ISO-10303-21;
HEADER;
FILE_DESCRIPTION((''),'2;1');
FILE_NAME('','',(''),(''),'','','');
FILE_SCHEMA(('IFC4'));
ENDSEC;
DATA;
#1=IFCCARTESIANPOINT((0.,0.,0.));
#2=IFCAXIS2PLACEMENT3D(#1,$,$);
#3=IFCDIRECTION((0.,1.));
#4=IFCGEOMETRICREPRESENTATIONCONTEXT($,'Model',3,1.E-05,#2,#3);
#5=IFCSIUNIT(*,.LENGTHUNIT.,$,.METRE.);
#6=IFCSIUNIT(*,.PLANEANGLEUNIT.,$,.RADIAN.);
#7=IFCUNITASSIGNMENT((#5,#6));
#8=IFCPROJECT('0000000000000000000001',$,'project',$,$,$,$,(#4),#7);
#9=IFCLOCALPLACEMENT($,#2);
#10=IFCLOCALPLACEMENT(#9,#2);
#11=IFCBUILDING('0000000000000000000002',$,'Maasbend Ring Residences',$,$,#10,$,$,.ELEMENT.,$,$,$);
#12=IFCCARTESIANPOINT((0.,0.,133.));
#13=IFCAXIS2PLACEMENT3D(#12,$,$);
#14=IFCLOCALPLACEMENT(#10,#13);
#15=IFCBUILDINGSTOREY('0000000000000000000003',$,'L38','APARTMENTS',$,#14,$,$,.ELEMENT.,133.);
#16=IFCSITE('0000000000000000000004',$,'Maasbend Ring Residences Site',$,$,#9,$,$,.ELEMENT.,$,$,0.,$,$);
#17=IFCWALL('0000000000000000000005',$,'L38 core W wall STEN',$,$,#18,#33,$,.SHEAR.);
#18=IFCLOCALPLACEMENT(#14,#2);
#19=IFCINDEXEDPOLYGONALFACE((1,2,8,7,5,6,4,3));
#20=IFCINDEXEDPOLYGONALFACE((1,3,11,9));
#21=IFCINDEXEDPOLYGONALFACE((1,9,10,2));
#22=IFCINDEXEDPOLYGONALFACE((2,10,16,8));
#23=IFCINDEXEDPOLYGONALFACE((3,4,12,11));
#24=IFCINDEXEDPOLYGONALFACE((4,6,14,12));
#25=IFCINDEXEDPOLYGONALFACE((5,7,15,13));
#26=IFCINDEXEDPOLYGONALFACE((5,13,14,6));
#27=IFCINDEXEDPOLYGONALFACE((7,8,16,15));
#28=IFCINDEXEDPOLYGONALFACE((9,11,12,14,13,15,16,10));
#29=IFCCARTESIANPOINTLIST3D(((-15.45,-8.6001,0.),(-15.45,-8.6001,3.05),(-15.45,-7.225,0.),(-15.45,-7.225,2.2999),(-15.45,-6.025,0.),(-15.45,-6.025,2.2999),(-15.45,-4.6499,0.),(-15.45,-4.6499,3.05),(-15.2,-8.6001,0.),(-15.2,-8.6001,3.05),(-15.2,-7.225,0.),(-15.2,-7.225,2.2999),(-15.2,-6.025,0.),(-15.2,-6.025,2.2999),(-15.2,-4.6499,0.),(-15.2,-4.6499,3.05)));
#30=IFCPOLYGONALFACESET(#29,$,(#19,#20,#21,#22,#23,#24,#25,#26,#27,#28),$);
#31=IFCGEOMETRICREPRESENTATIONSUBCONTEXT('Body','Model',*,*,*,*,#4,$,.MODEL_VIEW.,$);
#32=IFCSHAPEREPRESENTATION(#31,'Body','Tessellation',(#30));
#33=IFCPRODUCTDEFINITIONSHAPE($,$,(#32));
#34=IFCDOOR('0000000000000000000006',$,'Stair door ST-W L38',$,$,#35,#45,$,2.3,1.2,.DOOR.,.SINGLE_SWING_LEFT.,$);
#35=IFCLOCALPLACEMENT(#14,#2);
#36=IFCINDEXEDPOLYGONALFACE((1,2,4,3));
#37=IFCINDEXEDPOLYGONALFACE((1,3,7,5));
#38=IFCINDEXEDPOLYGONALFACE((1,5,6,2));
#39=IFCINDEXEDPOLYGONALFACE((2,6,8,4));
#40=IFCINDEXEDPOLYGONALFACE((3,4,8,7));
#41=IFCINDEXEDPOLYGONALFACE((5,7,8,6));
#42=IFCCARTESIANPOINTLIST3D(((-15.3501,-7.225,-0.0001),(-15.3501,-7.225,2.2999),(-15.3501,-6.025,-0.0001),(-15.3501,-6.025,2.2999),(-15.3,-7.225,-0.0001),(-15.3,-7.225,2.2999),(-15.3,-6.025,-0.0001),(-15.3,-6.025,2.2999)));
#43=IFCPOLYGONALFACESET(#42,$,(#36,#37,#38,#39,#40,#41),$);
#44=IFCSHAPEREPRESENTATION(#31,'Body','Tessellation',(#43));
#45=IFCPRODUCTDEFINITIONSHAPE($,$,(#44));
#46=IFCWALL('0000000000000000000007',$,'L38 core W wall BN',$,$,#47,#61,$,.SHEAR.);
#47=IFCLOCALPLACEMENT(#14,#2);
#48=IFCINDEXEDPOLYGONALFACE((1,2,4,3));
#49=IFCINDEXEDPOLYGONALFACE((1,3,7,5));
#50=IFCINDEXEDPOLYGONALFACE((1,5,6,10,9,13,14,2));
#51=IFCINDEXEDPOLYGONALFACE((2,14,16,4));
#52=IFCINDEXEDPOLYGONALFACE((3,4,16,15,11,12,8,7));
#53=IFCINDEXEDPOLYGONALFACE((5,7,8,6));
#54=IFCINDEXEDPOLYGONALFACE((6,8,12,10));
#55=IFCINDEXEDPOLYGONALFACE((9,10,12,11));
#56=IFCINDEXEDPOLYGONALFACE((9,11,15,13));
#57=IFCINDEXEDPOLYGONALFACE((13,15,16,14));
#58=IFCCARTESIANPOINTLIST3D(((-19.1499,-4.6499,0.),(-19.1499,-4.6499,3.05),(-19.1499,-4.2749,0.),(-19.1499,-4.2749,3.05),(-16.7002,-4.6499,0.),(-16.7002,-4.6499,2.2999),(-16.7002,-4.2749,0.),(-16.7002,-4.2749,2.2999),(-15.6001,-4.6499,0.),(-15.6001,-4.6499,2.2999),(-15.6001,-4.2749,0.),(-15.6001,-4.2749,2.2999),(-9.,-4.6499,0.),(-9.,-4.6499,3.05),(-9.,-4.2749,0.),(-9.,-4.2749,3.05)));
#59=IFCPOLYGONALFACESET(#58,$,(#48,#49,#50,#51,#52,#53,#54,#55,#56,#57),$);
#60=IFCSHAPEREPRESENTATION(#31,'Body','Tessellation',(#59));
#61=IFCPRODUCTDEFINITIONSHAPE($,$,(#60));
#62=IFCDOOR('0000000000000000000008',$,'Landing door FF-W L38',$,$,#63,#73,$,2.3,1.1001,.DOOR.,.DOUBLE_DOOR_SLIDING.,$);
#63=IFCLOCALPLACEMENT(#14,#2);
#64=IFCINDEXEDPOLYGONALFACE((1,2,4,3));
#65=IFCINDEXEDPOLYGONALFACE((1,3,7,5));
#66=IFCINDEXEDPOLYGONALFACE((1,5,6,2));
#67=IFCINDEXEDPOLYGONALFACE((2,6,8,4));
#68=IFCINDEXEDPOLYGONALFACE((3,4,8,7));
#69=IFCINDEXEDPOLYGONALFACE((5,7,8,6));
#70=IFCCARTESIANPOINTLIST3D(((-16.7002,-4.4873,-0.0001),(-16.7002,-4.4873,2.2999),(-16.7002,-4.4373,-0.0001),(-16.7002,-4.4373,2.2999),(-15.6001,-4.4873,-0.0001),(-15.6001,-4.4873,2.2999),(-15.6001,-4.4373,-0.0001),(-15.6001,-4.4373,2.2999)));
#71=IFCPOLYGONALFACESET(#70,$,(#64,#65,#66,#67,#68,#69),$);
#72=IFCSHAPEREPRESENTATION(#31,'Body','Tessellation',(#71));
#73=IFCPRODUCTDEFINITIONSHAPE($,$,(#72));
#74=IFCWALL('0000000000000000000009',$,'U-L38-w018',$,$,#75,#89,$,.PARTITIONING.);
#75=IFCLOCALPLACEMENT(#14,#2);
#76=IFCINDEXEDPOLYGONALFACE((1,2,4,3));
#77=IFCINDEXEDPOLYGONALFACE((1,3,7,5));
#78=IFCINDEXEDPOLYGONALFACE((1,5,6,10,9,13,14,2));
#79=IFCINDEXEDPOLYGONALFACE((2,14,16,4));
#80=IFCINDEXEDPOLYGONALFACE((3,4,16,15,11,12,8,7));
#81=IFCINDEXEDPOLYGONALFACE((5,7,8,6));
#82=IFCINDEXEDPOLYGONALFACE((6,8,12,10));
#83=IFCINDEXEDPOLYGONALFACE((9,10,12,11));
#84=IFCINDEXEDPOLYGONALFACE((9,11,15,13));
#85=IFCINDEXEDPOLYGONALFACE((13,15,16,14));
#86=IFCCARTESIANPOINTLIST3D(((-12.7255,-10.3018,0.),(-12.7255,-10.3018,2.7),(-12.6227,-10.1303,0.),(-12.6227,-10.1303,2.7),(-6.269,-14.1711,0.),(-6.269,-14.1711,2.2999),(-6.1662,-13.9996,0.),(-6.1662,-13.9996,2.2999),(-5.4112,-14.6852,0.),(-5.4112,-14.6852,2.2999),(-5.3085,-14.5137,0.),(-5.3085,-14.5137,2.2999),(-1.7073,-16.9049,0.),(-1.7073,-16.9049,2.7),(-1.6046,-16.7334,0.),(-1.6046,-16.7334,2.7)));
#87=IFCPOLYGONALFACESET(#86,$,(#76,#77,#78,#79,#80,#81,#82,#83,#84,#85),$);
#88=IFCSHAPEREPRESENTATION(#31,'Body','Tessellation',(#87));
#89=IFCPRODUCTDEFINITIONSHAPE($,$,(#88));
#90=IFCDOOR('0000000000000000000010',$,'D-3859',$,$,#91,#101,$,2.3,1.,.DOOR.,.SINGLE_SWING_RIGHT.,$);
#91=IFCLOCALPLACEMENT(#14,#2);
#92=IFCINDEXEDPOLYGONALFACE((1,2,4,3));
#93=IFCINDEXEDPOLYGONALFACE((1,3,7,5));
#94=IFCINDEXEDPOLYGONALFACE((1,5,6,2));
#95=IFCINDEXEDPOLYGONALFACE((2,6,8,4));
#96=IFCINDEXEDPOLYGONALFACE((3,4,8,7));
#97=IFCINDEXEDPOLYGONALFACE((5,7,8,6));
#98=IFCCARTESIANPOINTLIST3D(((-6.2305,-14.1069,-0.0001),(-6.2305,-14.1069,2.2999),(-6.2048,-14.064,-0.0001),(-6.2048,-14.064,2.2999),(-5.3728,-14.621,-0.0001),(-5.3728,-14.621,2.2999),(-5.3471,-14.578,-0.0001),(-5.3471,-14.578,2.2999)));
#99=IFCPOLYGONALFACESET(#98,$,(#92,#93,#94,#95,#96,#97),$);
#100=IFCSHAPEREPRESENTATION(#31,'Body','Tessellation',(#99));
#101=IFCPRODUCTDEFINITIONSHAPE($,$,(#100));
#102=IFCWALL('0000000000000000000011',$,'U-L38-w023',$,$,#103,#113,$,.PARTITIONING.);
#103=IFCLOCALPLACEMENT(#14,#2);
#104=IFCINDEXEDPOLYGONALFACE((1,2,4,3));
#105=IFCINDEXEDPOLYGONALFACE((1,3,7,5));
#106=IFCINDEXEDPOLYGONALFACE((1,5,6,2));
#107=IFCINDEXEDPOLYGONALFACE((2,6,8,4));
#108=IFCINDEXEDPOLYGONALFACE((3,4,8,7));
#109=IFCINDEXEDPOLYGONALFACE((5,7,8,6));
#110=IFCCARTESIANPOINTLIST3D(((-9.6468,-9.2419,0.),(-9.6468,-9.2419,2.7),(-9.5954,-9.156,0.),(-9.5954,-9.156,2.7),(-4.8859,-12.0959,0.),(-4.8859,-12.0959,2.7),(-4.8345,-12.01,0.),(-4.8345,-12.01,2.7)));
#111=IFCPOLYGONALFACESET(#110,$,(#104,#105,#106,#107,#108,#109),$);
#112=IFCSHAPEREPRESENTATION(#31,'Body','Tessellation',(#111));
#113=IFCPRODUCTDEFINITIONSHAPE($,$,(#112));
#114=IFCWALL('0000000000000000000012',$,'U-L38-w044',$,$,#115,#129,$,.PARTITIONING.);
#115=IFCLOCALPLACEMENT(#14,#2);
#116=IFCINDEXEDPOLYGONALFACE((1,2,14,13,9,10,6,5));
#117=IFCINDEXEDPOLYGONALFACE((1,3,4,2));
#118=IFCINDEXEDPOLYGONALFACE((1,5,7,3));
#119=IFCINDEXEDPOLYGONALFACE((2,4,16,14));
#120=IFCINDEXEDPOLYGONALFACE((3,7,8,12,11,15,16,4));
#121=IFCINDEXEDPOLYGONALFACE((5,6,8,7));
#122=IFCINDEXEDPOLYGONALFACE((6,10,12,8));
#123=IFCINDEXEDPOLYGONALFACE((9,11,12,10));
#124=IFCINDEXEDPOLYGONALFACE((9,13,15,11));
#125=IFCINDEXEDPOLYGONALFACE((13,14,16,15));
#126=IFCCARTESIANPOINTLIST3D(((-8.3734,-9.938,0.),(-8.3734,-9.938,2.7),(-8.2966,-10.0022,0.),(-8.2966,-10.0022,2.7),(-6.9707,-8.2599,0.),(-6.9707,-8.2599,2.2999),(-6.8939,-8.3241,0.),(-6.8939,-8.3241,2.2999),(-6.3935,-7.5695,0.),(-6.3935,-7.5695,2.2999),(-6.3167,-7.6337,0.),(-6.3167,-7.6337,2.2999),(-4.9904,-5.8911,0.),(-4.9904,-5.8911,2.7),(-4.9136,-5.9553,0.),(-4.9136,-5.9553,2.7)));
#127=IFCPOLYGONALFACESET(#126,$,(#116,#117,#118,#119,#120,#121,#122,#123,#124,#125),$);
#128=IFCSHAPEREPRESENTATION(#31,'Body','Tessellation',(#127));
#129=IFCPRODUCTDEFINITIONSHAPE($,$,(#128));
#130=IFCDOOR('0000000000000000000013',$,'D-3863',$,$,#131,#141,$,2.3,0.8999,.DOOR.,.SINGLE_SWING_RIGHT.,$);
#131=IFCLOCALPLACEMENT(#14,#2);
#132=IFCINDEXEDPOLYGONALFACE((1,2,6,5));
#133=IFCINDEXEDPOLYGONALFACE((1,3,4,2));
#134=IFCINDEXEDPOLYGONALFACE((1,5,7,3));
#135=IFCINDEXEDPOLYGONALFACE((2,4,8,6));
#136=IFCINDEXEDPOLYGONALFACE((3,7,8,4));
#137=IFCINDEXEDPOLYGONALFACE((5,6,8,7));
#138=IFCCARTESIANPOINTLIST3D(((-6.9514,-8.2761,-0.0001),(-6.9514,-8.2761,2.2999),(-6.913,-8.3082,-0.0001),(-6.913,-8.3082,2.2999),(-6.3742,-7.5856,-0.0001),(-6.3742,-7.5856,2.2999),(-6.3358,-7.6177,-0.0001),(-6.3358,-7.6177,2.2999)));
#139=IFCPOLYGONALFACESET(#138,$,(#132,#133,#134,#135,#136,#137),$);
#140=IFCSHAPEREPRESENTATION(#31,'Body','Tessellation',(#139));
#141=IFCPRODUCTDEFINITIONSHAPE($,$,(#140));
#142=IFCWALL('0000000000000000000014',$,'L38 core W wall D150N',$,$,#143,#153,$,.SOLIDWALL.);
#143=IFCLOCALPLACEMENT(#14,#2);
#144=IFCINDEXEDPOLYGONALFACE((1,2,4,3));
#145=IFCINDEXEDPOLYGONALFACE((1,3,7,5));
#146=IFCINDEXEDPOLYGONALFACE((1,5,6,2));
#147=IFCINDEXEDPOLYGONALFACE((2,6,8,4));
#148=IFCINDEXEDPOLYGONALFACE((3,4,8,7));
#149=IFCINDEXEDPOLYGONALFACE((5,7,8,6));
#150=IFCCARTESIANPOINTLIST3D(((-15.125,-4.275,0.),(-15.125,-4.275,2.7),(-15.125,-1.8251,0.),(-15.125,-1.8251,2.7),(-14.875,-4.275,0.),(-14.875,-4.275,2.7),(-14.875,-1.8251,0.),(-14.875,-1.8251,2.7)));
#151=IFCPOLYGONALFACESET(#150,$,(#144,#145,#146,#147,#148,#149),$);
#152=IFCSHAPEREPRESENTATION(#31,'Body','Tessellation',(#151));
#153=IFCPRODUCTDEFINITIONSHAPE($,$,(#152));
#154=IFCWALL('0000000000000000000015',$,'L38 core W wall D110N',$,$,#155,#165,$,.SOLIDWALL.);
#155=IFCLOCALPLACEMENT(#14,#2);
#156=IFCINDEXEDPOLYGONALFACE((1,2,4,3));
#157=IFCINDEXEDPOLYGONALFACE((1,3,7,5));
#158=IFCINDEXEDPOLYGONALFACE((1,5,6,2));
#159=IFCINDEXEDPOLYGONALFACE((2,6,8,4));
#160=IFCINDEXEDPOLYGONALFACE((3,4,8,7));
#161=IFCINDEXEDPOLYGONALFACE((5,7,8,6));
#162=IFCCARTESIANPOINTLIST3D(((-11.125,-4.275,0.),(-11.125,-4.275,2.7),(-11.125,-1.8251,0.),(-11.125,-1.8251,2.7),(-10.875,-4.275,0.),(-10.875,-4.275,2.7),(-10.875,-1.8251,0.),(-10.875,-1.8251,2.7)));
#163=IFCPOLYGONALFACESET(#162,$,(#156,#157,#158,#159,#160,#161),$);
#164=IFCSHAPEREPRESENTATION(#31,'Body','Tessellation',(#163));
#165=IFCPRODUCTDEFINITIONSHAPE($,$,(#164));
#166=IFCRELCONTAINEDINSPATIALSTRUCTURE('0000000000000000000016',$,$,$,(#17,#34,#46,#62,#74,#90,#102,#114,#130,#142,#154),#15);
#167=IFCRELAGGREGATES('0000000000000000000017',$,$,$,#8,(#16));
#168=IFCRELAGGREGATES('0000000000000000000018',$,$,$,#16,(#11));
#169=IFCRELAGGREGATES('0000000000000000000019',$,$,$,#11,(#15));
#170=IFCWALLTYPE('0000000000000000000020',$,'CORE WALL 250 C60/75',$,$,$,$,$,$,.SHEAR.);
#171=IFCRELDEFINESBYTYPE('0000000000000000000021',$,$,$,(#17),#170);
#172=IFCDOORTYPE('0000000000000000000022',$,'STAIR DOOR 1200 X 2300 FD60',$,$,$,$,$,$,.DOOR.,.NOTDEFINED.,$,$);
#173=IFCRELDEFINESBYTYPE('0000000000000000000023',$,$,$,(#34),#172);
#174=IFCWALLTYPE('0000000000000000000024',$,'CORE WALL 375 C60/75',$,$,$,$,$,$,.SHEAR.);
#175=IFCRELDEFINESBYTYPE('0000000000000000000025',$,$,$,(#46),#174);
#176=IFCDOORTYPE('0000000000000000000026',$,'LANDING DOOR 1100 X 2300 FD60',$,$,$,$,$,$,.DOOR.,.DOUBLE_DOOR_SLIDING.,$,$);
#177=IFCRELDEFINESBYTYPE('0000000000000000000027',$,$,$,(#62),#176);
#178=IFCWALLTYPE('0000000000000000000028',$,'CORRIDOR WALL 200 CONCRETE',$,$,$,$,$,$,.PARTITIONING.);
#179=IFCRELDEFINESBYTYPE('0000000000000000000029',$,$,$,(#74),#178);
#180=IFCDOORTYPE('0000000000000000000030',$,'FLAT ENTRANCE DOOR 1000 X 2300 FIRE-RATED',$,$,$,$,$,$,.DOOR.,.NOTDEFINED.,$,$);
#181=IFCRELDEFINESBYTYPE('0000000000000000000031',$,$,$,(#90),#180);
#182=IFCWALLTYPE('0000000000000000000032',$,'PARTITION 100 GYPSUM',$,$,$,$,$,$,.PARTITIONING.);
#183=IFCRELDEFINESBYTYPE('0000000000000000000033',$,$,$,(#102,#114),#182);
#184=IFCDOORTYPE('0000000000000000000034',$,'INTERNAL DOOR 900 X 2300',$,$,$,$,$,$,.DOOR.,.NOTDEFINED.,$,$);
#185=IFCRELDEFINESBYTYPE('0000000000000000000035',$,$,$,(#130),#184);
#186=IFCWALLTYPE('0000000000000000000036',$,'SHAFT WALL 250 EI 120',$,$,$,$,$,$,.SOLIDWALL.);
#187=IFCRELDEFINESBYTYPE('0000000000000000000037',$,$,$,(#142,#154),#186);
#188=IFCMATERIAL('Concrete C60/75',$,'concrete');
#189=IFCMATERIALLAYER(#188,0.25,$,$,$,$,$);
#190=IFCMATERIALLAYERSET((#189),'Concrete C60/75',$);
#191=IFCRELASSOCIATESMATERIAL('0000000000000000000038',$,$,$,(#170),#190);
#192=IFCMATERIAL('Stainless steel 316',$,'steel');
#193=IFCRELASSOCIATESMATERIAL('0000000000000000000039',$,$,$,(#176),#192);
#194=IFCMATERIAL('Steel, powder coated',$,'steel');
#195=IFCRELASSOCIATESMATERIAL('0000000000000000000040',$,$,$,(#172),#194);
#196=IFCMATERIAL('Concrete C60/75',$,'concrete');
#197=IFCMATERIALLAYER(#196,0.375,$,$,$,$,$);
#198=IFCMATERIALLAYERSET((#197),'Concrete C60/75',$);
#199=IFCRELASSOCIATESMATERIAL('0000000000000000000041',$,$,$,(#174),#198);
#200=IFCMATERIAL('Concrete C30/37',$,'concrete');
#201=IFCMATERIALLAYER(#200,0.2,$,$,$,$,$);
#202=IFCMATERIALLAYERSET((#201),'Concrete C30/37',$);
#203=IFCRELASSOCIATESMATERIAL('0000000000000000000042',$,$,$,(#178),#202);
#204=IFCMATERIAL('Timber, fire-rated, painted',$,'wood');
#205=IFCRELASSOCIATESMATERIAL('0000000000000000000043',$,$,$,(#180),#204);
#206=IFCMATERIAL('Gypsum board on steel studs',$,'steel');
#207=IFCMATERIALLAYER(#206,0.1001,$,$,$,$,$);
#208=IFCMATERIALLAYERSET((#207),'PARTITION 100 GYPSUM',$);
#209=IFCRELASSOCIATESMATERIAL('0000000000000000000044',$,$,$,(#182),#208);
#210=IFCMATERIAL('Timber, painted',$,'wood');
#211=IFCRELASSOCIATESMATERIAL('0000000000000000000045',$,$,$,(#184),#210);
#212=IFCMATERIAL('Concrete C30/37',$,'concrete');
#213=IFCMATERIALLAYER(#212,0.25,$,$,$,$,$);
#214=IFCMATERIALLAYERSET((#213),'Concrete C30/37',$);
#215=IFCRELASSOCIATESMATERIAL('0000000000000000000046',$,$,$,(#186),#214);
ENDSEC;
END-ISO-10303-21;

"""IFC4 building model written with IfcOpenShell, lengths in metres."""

from ifc_helpers import new_model, si_unit, direction, frame, frame_2d, origin, place, context, subcontext, project, spatial, rectangle, extrude, material, layer, layer_set, type_object, element, fill, save


model = new_model("IFC4")

# Units and contexts
model_context = context("Model", 3, precision=1e-05, world=origin(), true_north=direction((0.0, 1.0)))
body_context = subcontext(model_context, "Body", "Model", "MODEL_VIEW")
ifc_project = project(units=[si_unit("LENGTHUNIT", "METRE"), si_unit("PLANEANGLEUNIT", "RADIAN")], contexts=[model_context])

# Site, building, storey
site_placement = place(None, origin())
site = spatial("IfcSite", under=ifc_project, at=site_placement, Name="Maasbend Ring Residences Site", CompositionType="ELEMENT", RefElevation=0.0)
building_placement = place(site_placement, origin())
building = spatial("IfcBuilding", under=site, at=building_placement, Name="Maasbend Ring Residences", CompositionType="ELEMENT")
storey_placement = place(building_placement, frame((0.0, 0.0, 133.0)))
storey = spatial("IfcBuildingStorey", under=building, at=storey_placement, Name="L38", Description="APARTMENTS", CompositionType="ELEMENT", Elevation=133.0)

# Shared definitions
ifc_material_1 = material(Name="Concrete C60/75", Category="concrete")
ifc_layer_1 = layer(ifc_material_1, 0.25)
ifc_layer_set_1 = layer_set([ifc_layer_1], Name="Concrete C60/75")
wall_type_1 = type_object("IfcWallType", Name="CORE WALL 250 C60/75", PredefinedType="SHEAR", material=ifc_layer_set_1)
ifc_material_2 = material(Name="Stainless steel 316", Category="steel")
door_type_1 = type_object("IfcDoorType", Name="LANDING DOOR 1100 X 2300 FD60", OperationType="DOUBLE_DOOR_SLIDING", PredefinedType="DOOR", material=ifc_material_2)

# Walls, openings, doors
wall_1_placement = place(storey_placement, frame((-15.325, -4.6499, 0.0), z_axis=(0.0, 0.0, 1.0), x_axis=(0.0, -1.0, 0.0)))
wall_1 = element("IfcWall", 1, at=wall_1_placement, inside=storey, type_object=wall_type_1, Name="L38 core W wall STEN", PredefinedType="SHEAR", context=body_context, shape_type="SweptSolid", body=[
    extrude(rectangle(XDim=3.9502, YDim=0.25, at=frame_2d((1.9751, 0.0))), origin(), (0.0, 0.0, 1.0), 3.05),
])
opening_1_placement = place(wall_1_placement, frame((1.375, 0.0, 0.0)))
opening_1 = element("IfcOpeningElement", 2, at=opening_1_placement, cuts=wall_1, PredefinedType="OPENING", context=body_context, shape_type="SweptSolid", body=[
    extrude(rectangle(XDim=1.2, YDim=2.3, at=frame_2d((0.6001, 1.1499))), frame((0.0, 0.135, 0.0), z_axis=(0.0, -1.0, 0.0), x_axis=(1.0, 0.0, 0.0)), (0.0, 0.0, 1.0), 0.27),
])
ifc_material_3 = material(Name="Steel, powder coated", Category="steel")
door_type_2 = type_object("IfcDoorType", Name="STAIR DOOR 1200 X 2300 FD60", OperationType="NOTDEFINED", PredefinedType="DOOR", material=ifc_material_3)
door_1_placement = place(opening_1_placement, origin())
door_1 = element("IfcDoor", 3, at=door_1_placement, inside=storey, type_object=door_type_2, Name="Stair door ST-W L38", OperationType="SINGLE_SWING_LEFT", OverallHeight=2.3, OverallWidth=1.2, PredefinedType="DOOR", context=body_context, shape_type="SweptSolid", body=[
    extrude(rectangle(XDim=1.2, YDim=2.3, at=frame_2d((0.6001, 1.1499))), frame((0.0, 0.0249, 0.0), z_axis=(0.0, -1.0, 0.0), x_axis=(1.0, 0.0, 0.0)), (0.0, 0.0, 1.0), 0.05),
])
fill(opening_1, door_1)
ifc_material_4 = material(Name="Concrete C60/75", Category="concrete")
ifc_layer_2 = layer(ifc_material_4, 0.375)
ifc_layer_set_2 = layer_set([ifc_layer_2], Name="Concrete C60/75")
wall_type_2 = type_object("IfcWallType", Name="CORE WALL 375 C60/75", PredefinedType="SHEAR", material=ifc_layer_set_2)
wall_2_placement = place(storey_placement, frame((-9.0, -4.4624, 0.0), z_axis=(0.0, 0.0, 1.0), x_axis=(-1.0, 0.0, 0.0)))
wall_2 = element("IfcWall", 4, at=wall_2_placement, inside=storey, type_object=wall_type_2, Name="L38 core W wall BN", PredefinedType="SHEAR", context=body_context, shape_type="SweptSolid", body=[
    extrude(rectangle(XDim=10.1499, YDim=0.375, at=frame_2d((5.075, 0.0))), origin(), (0.0, 0.0, 1.0), 3.05),
])
opening_2_placement = place(wall_2_placement, frame((6.6001, 0.0, 0.0)))
opening_2 = element("IfcOpeningElement", 5, at=opening_2_placement, cuts=wall_2, PredefinedType="OPENING", context=body_context, shape_type="SweptSolid", body=[
    extrude(rectangle(XDim=1.1001, YDim=2.3, at=frame_2d((0.55, 1.1499))), frame((0.0, 0.1975, 0.0), z_axis=(0.0, -1.0, 0.0), x_axis=(1.0, 0.0, 0.0)), (0.0, 0.0, 1.0), 0.395),
])
door_2_placement = place(opening_2_placement, origin())
door_2 = element("IfcDoor", 6, at=door_2_placement, inside=storey, type_object=door_type_1, Name="Landing door FF-W L38", OperationType="DOUBLE_DOOR_SLIDING", OverallHeight=2.3, OverallWidth=1.1001, PredefinedType="DOOR", context=body_context, shape_type="SweptSolid", body=[
    extrude(rectangle(XDim=1.1001, YDim=2.3, at=frame_2d((0.55, 1.1499))), frame((0.0, 0.0249, 0.0), z_axis=(0.0, -1.0, 0.0), x_axis=(1.0, 0.0, 0.0)), (0.0, 0.0, 1.0), 0.05),
])
fill(opening_2, door_2)
ifc_material_5 = material(Name="Concrete C30/37", Category="concrete")
ifc_layer_3 = layer(ifc_material_5, 0.2)
ifc_layer_set_3 = layer_set([ifc_layer_3], Name="Concrete C30/37")
wall_type_3 = type_object("IfcWallType", Name="CORRIDOR WALL 200 CONCRETE", PredefinedType="PARTITIONING", material=ifc_layer_set_3)
wall_3_placement = place(storey_placement, frame((-12.6741, -10.2161, 0.0), z_axis=(0.0, 0.0, 1.0), x_axis=(0.857761, -0.514048, 0.0)))
wall_3 = element("IfcWall", 7, at=wall_3_placement, inside=storey, type_object=wall_type_3, Name="U-L38-w018", PredefinedType="PARTITIONING", context=body_context, shape_type="SweptSolid", body=[
    extrude(rectangle(XDim=12.8452, YDim=0.2, at=frame_2d((6.4226, 0.0))), origin(), (0.0, 0.0, 1.0), 2.7),
])
opening_3_placement = place(wall_3_placement, frame((7.5271, 0.0, 0.0)))
opening_3 = element("IfcOpeningElement", 8, at=opening_3_placement, cuts=wall_3, PredefinedType="OPENING", context=body_context, shape_type="SweptSolid", body=[
    extrude(rectangle(XDim=1.0, YDim=2.3, at=frame_2d((0.5, 1.1499))), frame((0.0, 0.1099, 0.0), z_axis=(0.0, -1.0, 0.0), x_axis=(1.0, 0.0, 0.0)), (0.0, 0.0, 1.0), 0.22),
])
ifc_material_6 = material(Name="Timber, fire-rated, painted", Category="wood")
door_type_3 = type_object("IfcDoorType", Name="FLAT ENTRANCE DOOR 1000 X 2300 FIRE-RATED", OperationType="NOTDEFINED", PredefinedType="DOOR", material=ifc_material_6)
door_3_placement = place(opening_3_placement, origin())
door_3 = element("IfcDoor", 9, at=door_3_placement, inside=storey, type_object=door_type_3, Name="D-3859", OperationType="SINGLE_SWING_RIGHT", OverallHeight=2.3, OverallWidth=1.0, PredefinedType="DOOR", context=body_context, shape_type="SweptSolid", body=[
    extrude(rectangle(XDim=1.0, YDim=2.3, at=frame_2d((0.5, 1.1499))), frame((0.0, 0.0249, 0.0), z_axis=(0.0, -1.0, 0.0), x_axis=(1.0, 0.0, 0.0)), (0.0, 0.0, 1.0), 0.05),
])
fill(opening_3, door_3)

# Wall
ifc_material_7 = material(Name="Gypsum board on steel studs", Category="steel")
ifc_layer_4 = layer(ifc_material_7, 0.1001)
ifc_layer_set_4 = layer_set([ifc_layer_4], Name="PARTITION 100 GYPSUM")
wall_type_4 = type_object("IfcWallType", Name="PARTITION 100 GYPSUM", PredefinedType="PARTITIONING", material=ifc_layer_set_4)
wall_4_placement = place(storey_placement, frame((-9.6211, -9.199, 0.0), z_axis=(0.0, 0.0, 1.0), x_axis=(0.857699, -0.514153, 0.0)))
element("IfcWall", 10, at=wall_4_placement, inside=storey, type_object=wall_type_4, Name="U-L38-w023", PredefinedType="PARTITIONING", context=body_context, shape_type="SweptSolid", body=[
    extrude(rectangle(XDim=5.5508, YDim=0.1001, at=frame_2d((2.7754, 0.0))), origin(), (0.0, 0.0, 1.0), 2.7),
])

# Wall, opening, door
wall_5_placement = place(storey_placement, frame((-8.335, -9.97, 0.0), z_axis=(0.0, 0.0, 1.0), x_axis=(0.641376, 0.767226, 0.0)))
wall_5 = element("IfcWall", 11, at=wall_5_placement, inside=storey, type_object=wall_type_4, Name="U-L38-w044", PredefinedType="PARTITIONING", context=body_context, shape_type="SweptSolid", body=[
    extrude(rectangle(XDim=5.2747, YDim=0.1001, at=frame_2d((2.6372, 0.0))), origin(), (0.0, 0.0, 1.0), 2.7),
])
opening_4_placement = place(wall_5_placement, frame((2.187, 0.0, 0.0)))
opening_4 = element("IfcOpeningElement", 12, at=opening_4_placement, cuts=wall_5, PredefinedType="OPENING", context=body_context, shape_type="SweptSolid", body=[
    extrude(rectangle(XDim=0.8999, YDim=2.3, at=frame_2d((0.45, 1.1499))), frame((0.0, 0.0601, 0.0), z_axis=(0.0, -1.0, 0.0), x_axis=(1.0, 0.0, 0.0)), (0.0, 0.0, 1.0), 0.1201),
])
ifc_material_8 = material(Name="Timber, painted", Category="wood")
door_type_4 = type_object("IfcDoorType", Name="INTERNAL DOOR 900 X 2300", OperationType="NOTDEFINED", PredefinedType="DOOR", material=ifc_material_8)
door_4_placement = place(opening_4_placement, origin())
door_4 = element("IfcDoor", 13, at=door_4_placement, inside=storey, type_object=door_type_4, Name="D-3863", OperationType="SINGLE_SWING_RIGHT", OverallHeight=2.3, OverallWidth=0.8999, PredefinedType="DOOR", context=body_context, shape_type="SweptSolid", body=[
    extrude(rectangle(XDim=0.8999, YDim=2.3, at=frame_2d((0.45, 1.1499))), frame((0.0, 0.0249, 0.0), z_axis=(0.0, -1.0, 0.0), x_axis=(1.0, 0.0, 0.0)), (0.0, 0.0, 1.0), 0.05),
])
fill(opening_4, door_4)

# Walls
ifc_material_9 = material(Name="Concrete C30/37", Category="concrete")
ifc_layer_5 = layer(ifc_material_9, 0.25)
ifc_layer_set_5 = layer_set([ifc_layer_5], Name="Concrete C30/37")
wall_type_5 = type_object("IfcWallType", Name="SHAFT WALL 250 EI 120", PredefinedType="SOLIDWALL", material=ifc_layer_set_5)
for number, where, z_axis, x_axis, name in (
    (14, (-15.0, -1.825, 0.0), (0.0, 0.0, 1.0), (0.0, -1.0, 0.0), "L38 core W wall D150N"),
    (15, (-11.0, -1.825, 0.0), (0.0, 0.0, 1.0), (0.0, -1.0, 0.0), "L38 core W wall D110N"),
):
    element("IfcWall", number, at=place(storey_placement, frame(where, z_axis=z_axis, x_axis=x_axis)), inside=storey, type_object=wall_type_5, Name=name, PredefinedType="SOLIDWALL", context=body_context, shape_type="SweptSolid", body=[
        extrude(rectangle(XDim=2.45, YDim=0.25, at=frame_2d((1.2251, 0.0))), origin(), (0.0, 0.0, 1.0), 2.7),
    ])

save(model, "model.ifc")
